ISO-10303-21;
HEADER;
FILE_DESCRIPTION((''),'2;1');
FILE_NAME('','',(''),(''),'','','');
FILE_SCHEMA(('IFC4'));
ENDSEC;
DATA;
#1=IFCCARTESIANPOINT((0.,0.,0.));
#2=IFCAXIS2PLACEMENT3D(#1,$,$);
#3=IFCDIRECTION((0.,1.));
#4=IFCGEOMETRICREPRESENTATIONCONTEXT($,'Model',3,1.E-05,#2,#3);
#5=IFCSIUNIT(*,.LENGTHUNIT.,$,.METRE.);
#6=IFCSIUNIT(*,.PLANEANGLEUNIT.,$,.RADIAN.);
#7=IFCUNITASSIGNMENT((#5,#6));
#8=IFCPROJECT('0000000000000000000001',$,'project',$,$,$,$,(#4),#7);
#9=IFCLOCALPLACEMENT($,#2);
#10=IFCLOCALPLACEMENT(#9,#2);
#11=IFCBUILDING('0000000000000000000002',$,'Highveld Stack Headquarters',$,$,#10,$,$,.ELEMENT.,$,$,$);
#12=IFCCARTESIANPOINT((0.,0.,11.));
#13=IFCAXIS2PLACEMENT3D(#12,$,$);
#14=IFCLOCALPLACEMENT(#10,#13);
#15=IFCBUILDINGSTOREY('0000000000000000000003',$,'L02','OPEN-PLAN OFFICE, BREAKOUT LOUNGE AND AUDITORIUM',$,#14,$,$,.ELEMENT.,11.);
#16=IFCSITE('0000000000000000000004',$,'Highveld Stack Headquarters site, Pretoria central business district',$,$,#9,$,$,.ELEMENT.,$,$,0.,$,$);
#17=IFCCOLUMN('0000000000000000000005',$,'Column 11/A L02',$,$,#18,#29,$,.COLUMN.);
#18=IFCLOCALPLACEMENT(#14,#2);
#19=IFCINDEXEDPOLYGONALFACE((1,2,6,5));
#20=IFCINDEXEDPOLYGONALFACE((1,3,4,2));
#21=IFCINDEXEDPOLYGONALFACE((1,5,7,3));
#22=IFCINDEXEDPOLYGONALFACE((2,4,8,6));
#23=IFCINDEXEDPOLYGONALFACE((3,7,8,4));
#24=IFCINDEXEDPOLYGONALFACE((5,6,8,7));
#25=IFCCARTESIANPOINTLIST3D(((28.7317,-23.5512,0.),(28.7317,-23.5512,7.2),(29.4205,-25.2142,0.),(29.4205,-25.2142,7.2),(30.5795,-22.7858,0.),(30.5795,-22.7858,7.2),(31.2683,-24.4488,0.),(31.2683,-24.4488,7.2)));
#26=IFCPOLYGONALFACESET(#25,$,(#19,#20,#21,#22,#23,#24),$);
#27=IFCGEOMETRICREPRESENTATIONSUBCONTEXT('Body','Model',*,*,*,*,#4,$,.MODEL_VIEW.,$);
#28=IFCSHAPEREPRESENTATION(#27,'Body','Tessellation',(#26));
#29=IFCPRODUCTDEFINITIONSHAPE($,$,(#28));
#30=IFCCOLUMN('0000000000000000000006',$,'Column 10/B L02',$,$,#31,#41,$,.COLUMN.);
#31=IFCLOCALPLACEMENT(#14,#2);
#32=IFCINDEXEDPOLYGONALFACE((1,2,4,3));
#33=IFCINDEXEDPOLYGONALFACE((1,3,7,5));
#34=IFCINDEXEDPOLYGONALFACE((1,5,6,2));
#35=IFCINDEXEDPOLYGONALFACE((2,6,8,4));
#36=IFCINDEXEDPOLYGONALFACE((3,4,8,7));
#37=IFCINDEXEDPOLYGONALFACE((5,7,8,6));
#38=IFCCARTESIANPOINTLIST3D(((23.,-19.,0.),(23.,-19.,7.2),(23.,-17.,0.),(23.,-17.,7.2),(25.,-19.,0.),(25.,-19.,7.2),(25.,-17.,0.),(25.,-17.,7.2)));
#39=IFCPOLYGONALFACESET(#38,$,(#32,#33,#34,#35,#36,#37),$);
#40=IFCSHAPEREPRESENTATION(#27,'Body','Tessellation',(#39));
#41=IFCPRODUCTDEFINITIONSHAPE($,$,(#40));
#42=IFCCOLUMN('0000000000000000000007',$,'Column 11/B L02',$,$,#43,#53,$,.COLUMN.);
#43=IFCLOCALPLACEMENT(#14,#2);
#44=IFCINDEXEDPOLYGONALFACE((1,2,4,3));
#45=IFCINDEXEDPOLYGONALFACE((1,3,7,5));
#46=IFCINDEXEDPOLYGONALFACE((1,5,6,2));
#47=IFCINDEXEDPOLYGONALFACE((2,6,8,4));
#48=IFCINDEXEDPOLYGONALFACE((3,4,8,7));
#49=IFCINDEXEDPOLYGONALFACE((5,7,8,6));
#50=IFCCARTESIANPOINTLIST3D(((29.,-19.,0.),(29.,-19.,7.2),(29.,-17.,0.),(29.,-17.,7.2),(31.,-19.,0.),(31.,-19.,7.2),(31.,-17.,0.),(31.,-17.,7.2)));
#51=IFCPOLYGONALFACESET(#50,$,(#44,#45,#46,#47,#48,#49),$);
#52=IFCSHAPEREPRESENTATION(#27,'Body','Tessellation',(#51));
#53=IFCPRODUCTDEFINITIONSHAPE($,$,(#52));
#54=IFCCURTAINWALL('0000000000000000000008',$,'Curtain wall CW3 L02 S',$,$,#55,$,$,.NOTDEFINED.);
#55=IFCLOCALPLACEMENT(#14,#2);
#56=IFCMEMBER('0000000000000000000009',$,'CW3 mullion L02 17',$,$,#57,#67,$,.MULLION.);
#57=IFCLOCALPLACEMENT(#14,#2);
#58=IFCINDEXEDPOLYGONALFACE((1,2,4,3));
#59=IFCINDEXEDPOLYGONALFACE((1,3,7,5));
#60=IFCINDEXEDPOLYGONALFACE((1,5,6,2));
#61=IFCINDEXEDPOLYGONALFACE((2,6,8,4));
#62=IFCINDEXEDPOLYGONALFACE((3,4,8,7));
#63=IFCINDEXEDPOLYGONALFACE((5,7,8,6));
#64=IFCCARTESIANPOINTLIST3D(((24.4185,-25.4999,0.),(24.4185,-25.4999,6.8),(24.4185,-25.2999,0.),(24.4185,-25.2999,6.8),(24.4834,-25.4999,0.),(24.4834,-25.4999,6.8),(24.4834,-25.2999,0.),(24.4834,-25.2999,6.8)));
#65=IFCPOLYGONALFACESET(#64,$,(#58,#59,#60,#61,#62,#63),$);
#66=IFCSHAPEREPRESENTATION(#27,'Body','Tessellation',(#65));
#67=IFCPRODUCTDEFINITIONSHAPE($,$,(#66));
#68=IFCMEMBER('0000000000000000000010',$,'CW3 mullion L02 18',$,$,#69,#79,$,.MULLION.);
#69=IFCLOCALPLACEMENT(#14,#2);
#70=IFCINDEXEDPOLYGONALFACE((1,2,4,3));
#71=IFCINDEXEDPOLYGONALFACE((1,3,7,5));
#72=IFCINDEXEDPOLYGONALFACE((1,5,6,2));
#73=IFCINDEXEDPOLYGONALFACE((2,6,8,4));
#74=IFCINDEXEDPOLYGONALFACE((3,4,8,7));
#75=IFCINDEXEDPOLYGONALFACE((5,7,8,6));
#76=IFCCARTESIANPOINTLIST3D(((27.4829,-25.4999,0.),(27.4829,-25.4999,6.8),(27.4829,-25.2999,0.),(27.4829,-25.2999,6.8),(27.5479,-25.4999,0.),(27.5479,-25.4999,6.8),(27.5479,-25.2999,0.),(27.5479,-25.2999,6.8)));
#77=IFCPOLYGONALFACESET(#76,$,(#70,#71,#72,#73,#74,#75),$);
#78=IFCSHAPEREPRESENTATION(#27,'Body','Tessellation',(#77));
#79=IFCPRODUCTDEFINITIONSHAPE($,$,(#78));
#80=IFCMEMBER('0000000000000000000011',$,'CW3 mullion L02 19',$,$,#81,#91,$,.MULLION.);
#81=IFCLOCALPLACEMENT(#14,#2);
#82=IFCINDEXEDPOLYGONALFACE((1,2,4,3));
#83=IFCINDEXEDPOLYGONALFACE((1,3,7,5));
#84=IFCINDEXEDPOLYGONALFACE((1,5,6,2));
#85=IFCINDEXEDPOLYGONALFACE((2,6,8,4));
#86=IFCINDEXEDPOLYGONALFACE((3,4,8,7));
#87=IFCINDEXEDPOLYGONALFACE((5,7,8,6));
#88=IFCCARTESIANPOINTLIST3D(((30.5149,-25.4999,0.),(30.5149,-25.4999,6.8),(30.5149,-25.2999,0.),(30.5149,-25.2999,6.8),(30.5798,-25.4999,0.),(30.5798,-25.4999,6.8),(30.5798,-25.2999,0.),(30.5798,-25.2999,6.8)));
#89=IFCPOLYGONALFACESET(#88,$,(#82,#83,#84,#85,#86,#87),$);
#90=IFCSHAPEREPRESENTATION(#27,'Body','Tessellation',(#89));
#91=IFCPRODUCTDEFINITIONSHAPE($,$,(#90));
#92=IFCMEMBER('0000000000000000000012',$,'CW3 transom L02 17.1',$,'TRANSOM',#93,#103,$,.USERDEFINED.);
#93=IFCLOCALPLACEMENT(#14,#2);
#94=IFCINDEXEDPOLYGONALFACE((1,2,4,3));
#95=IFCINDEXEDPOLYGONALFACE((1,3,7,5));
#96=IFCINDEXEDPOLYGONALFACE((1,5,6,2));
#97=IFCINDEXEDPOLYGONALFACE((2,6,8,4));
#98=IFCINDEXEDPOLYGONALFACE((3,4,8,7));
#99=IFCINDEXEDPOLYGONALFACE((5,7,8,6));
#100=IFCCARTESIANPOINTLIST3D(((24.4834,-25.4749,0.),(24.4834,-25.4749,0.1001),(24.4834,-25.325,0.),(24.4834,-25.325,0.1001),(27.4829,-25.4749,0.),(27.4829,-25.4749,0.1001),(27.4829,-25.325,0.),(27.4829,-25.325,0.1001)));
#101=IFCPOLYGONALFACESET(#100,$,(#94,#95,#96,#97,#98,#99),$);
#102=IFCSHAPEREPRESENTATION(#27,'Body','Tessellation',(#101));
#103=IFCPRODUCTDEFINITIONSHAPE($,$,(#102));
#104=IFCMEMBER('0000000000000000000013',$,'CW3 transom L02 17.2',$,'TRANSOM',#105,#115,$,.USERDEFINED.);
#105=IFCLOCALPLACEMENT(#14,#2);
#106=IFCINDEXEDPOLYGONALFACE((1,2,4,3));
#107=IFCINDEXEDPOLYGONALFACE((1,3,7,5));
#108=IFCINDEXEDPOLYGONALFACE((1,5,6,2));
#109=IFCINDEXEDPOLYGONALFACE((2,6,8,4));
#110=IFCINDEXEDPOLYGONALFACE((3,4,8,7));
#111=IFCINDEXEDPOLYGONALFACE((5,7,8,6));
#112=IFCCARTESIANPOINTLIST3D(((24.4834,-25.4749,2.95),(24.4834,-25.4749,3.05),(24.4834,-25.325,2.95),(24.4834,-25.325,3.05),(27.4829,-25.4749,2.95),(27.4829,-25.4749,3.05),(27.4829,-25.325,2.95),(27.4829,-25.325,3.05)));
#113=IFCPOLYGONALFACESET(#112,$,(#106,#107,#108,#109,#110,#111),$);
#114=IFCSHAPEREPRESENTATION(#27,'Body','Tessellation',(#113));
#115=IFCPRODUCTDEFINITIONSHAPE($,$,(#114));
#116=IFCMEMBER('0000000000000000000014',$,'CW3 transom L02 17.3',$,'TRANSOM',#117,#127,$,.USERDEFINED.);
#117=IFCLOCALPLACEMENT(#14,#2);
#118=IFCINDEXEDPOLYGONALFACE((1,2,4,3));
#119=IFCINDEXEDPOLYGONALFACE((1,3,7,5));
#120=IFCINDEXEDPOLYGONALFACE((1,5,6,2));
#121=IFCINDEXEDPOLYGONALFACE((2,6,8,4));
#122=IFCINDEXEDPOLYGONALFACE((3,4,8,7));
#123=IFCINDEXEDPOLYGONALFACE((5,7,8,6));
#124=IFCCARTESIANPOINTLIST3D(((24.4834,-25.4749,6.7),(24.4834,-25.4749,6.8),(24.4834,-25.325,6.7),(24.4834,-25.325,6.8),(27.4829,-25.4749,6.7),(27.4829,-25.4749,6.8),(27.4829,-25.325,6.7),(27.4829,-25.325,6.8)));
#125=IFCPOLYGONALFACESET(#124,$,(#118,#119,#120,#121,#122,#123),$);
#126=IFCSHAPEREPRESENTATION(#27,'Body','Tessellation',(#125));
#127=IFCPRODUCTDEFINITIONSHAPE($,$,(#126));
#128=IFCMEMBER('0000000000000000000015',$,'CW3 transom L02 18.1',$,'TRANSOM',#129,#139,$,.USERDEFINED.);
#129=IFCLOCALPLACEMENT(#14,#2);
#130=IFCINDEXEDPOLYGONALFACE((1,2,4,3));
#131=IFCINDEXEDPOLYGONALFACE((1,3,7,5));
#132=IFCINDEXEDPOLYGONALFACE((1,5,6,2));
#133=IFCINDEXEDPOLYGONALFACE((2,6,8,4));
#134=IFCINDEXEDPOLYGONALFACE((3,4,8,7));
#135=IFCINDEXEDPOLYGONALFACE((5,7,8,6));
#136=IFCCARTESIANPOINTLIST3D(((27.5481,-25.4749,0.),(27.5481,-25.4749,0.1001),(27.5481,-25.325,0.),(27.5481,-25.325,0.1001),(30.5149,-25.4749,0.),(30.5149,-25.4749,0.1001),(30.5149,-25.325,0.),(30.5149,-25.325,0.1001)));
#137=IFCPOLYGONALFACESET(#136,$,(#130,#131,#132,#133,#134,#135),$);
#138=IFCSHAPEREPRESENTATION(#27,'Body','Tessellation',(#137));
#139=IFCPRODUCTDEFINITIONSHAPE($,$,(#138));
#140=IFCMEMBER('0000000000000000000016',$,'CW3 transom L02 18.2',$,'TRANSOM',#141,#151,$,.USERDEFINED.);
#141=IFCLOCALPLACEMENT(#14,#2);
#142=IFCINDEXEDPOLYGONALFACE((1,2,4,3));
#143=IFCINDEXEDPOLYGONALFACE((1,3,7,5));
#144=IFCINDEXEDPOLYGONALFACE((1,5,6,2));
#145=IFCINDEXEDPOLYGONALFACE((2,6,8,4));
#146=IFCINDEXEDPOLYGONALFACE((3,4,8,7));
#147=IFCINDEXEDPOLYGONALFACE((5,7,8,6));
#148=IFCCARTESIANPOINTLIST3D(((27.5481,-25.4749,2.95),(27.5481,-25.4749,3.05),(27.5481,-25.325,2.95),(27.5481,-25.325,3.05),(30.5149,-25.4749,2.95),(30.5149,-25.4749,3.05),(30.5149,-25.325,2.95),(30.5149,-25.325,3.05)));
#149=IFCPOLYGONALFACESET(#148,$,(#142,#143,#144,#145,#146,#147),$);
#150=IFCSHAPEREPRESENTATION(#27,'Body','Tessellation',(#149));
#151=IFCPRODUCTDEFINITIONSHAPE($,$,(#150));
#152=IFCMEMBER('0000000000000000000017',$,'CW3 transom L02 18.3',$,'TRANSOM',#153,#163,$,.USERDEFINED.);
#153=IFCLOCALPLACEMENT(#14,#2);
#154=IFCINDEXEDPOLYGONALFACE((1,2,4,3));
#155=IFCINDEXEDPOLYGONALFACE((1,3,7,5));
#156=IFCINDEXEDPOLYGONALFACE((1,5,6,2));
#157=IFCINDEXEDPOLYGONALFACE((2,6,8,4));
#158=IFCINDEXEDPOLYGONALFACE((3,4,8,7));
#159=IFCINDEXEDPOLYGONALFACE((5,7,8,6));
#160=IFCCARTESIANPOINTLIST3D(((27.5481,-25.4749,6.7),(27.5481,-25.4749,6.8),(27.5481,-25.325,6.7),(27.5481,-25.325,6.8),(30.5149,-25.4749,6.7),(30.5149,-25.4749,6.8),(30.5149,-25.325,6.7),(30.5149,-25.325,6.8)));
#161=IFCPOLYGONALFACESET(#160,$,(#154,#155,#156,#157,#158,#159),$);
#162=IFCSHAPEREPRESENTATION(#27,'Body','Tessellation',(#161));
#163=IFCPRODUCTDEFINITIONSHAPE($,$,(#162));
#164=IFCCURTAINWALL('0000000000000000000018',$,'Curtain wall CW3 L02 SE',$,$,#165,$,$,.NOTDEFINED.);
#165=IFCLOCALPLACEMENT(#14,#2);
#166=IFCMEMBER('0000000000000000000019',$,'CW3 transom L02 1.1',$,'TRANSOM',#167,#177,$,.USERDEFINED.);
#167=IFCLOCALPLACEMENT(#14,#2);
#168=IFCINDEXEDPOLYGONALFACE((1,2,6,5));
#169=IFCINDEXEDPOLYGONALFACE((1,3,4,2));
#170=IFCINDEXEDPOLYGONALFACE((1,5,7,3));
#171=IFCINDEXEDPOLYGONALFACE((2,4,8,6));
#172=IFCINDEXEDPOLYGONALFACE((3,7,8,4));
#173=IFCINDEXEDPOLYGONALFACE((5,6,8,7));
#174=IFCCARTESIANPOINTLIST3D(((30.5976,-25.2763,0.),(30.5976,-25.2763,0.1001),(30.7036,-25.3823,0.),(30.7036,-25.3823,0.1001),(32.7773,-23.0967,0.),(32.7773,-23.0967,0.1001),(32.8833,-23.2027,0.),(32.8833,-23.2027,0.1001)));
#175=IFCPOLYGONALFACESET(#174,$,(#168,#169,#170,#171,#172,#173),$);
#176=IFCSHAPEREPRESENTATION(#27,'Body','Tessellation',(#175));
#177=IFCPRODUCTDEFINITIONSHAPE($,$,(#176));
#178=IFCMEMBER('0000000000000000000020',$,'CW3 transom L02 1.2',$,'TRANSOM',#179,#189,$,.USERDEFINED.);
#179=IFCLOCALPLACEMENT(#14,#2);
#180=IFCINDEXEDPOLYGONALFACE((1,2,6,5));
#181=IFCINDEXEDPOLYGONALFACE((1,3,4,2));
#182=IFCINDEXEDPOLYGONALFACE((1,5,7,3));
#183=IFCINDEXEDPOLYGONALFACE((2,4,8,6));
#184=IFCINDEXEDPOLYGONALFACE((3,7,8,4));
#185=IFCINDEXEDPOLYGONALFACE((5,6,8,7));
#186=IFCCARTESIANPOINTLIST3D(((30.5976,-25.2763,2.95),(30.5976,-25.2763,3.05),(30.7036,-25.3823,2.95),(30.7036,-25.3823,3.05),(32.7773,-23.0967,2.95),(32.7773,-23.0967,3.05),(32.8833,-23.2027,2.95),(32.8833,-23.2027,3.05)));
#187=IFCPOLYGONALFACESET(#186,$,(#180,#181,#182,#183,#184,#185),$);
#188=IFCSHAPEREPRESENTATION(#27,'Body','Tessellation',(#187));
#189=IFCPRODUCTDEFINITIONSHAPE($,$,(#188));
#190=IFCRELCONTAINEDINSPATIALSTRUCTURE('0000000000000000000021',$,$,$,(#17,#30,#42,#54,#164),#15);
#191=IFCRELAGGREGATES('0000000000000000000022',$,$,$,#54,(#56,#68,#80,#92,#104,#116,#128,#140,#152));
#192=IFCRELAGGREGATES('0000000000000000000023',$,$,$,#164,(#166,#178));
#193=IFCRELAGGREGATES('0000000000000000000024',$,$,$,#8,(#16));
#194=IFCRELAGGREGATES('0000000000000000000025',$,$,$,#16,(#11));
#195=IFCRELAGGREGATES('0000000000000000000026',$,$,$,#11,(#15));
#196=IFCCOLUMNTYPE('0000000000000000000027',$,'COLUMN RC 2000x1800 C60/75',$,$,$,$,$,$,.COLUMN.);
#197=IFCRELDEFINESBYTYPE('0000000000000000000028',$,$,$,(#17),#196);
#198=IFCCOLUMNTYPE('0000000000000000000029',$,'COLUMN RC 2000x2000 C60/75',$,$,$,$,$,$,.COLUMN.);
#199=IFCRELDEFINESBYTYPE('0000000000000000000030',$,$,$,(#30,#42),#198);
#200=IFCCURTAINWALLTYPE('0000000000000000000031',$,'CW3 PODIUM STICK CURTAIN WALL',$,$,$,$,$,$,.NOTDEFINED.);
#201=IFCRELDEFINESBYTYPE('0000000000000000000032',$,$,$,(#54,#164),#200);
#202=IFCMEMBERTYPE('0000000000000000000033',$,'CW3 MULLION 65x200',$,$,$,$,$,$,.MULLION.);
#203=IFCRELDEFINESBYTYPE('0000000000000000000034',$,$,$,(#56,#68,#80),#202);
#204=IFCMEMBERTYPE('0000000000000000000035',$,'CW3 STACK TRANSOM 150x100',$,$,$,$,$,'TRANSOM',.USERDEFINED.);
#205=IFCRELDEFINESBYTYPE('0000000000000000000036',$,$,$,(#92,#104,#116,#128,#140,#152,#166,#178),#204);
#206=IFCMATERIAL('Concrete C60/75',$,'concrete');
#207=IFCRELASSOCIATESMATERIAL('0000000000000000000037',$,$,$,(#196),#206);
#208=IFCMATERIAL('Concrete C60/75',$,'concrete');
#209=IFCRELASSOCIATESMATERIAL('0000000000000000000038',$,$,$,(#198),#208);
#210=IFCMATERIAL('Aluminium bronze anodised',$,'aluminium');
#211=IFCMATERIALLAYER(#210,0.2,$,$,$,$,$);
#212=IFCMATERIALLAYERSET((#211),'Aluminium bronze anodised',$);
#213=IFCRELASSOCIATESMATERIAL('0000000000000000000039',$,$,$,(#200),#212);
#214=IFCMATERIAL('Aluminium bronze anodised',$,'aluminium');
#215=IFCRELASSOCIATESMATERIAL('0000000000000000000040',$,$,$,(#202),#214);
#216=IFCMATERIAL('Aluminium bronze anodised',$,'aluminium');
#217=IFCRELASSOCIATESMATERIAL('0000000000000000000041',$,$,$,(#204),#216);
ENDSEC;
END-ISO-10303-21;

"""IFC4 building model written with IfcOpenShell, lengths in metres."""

from ifc_helpers import new_model, si_unit, direction, frame, origin, origin_2d, place, context, subcontext, project, spatial, rectangle, extrude, material, layer, layer_set, material_profile, profile_set, type_object, element, aggregate, save


model = new_model("IFC4")

# Units and contexts
model_context = context("Model", 3, precision=1e-05, world=origin(), true_north=direction((0.0, 1.0)))
body_context = subcontext(model_context, "Body", "Model", "MODEL_VIEW")
ifc_project = project(units=[si_unit("LENGTHUNIT", "METRE"), si_unit("PLANEANGLEUNIT", "RADIAN")], contexts=[model_context])

# Site, building, storey
site_placement = place(None, origin())
site = spatial("IfcSite", under=ifc_project, at=site_placement, Name="Highveld Stack Headquarters site, Pretoria central business district", CompositionType="ELEMENT", RefElevation=0.0)
building_placement = place(site_placement, origin())
building = spatial("IfcBuilding", under=site, at=building_placement, Name="Highveld Stack Headquarters", CompositionType="ELEMENT")
storey_placement = place(building_placement, frame((0.0, 0.0, 11.0)))
storey = spatial("IfcBuildingStorey", under=building, at=storey_placement, Name="L02", Description="OPEN-PLAN OFFICE, BREAKOUT LOUNGE AND AUDITORIUM", CompositionType="ELEMENT", Elevation=11.0)

# Columns
ifc_material_1 = material(Name="Concrete C60/75", Category="concrete")
ifc_material_profile_1 = material_profile(ifc_material_1, rectangle(XDim=2.0, YDim=1.8, at=origin_2d()), Name="RC 2000x1800")
ifc_profile_set_1 = profile_set([ifc_material_profile_1], Name="Concrete C60/75")
column_type_1 = type_object("IfcColumnType", Name="COLUMN RC 2000x1800 C60/75", PredefinedType="COLUMN", material=ifc_profile_set_1)
column_placement = place(storey_placement, frame((30.0, -24.0, 0.0), z_axis=(0.0, 0.0, 1.0), x_axis=(-0.92388, -0.382683, 0.0)))
element("IfcColumn", 1, at=column_placement, inside=storey, type_object=column_type_1, Name="Column 11/A L02", PredefinedType="COLUMN", context=body_context, shape_type="SweptSolid", body=[
    extrude(rectangle(XDim=2.0, YDim=1.8, at=origin_2d()), origin(), (0.0, 0.0, 1.0), 7.2),
])
ifc_material_2 = material(Name="Concrete C60/75", Category="concrete")
ifc_material_profile_2 = material_profile(ifc_material_2, rectangle(XDim=2.0, YDim=2.0, at=origin_2d()), Name="RC 2000x2000")
ifc_profile_set_2 = profile_set([ifc_material_profile_2], Name="Concrete C60/75")
column_type_2 = type_object("IfcColumnType", Name="COLUMN RC 2000x2000 C60/75", PredefinedType="COLUMN", material=ifc_profile_set_2)
for number, where, z_axis, x_axis, name in (
    (2, (24.0, -18.0, 0.0), (0.0, 0.0, 1.0), (1.0, 0.0, 0.0), "Column 10/B L02"),
    (3, (30.0, -18.0, 0.0), (0.0, 0.0, 1.0), (1.0, 0.0, 0.0), "Column 11/B L02"),
):
    element("IfcColumn", number, at=place(storey_placement, frame(where, z_axis=z_axis, x_axis=x_axis)), inside=storey, type_object=column_type_2, Name=name, PredefinedType="COLUMN", context=body_context, shape_type="SweptSolid", body=[
        extrude(rectangle(XDim=2.0, YDim=2.0, at=origin_2d()), origin(), (0.0, 0.0, 1.0), 7.2),
    ])

# Curtain walls, members
ifc_material_3 = material(Name="Aluminium bronze anodised", Category="aluminium")
ifc_layer_1 = layer(ifc_material_3, 0.2)
ifc_layer_set_1 = layer_set([ifc_layer_1], Name="Aluminium bronze anodised")
curtain_wall_type = type_object("IfcCurtainWallType", Name="CW3 PODIUM STICK CURTAIN WALL", PredefinedType="NOTDEFINED", material=ifc_layer_set_1)
curtain_wall_1_placement = place(storey_placement, origin())
curtain_wall_1 = element("IfcCurtainWall", 4, at=curtain_wall_1_placement, inside=storey, type_object=curtain_wall_type, Name="Curtain wall CW3 L02 S", PredefinedType="NOTDEFINED")
ifc_material_4 = material(Name="Aluminium bronze anodised", Category="aluminium")
ifc_material_profile_3 = material_profile(ifc_material_4, rectangle(XDim=0.2, YDim=0.0649, at=origin_2d()), Name="CW3 MULLION 65x200")
ifc_profile_set_3 = profile_set([ifc_material_profile_3], Name="Aluminium bronze anodised")
member_type_1 = type_object("IfcMemberType", Name="CW3 MULLION 65x200", PredefinedType="MULLION", material=ifc_profile_set_3)
member_1_placement = place(storey_placement, frame((24.4509, -25.3999, 0.0), z_axis=(0.0, 0.0, 1.0), x_axis=(0.0, 1.0, 0.0)))
member_1 = element("IfcMember", 5, at=member_1_placement, type_object=member_type_1, Name="CW3 mullion L02 17", PredefinedType="MULLION", context=body_context, shape_type="SweptSolid", body=[
    extrude(rectangle(XDim=0.2, YDim=0.0649, at=origin_2d()), origin(), (0.0, 0.0, 1.0), 6.8),
])
member_2_placement = place(storey_placement, frame((27.5154, -25.3999, 0.0), z_axis=(0.0, 0.0, 1.0), x_axis=(0.0, 1.0, 0.0)))
member_2 = element("IfcMember", 6, at=member_2_placement, type_object=member_type_1, Name="CW3 mullion L02 18", PredefinedType="MULLION", context=body_context, shape_type="SweptSolid", body=[
    extrude(rectangle(XDim=0.2, YDim=0.0649, at=origin_2d()), origin(), (0.0, 0.0, 1.0), 6.8),
])
member_3_placement = place(storey_placement, frame((30.5474, -25.3999, 0.0), z_axis=(0.0, 0.0, 1.0), x_axis=(0.0, 1.0, 0.0)))
member_3 = element("IfcMember", 7, at=member_3_placement, type_object=member_type_1, Name="CW3 mullion L02 19", PredefinedType="MULLION", context=body_context, shape_type="SweptSolid", body=[
    extrude(rectangle(XDim=0.2, YDim=0.0649, at=origin_2d()), origin(), (0.0, 0.0, 1.0), 6.8),
])
ifc_material_5 = material(Name="Aluminium bronze anodised", Category="aluminium")
ifc_material_profile_4 = material_profile(ifc_material_5, rectangle(XDim=0.1499, YDim=0.1001, at=origin_2d()), Name="CW3 TRANSOM 150x100")
ifc_profile_set_4 = profile_set([ifc_material_profile_4], Name="Aluminium bronze anodised")
member_type_2 = type_object("IfcMemberType", Name="CW3 STACK TRANSOM 150x100", ElementType="TRANSOM", PredefinedType="USERDEFINED", material=ifc_profile_set_4)
member_4_placement = place(storey_placement, frame((24.4834, -25.3999, 0.05), z_axis=(1.0, 0.0, 0.0), x_axis=(0.0, 1.0, 0.0)))
member_4 = element("IfcMember", 8, at=member_4_placement, type_object=member_type_2, Name="CW3 transom L02 17.1", ObjectType="TRANSOM", PredefinedType="USERDEFINED", context=body_context, shape_type="SweptSolid", body=[
    extrude(rectangle(XDim=0.1499, YDim=0.1001, at=origin_2d()), origin(), (0.0, 0.0, 1.0), 2.9995),
])
member_5_placement = place(storey_placement, frame((24.4834, -25.3999, 3.0), z_axis=(1.0, 0.0, 0.0), x_axis=(0.0, 1.0, 0.0)))
member_5 = element("IfcMember", 9, at=member_5_placement, type_object=member_type_2, Name="CW3 transom L02 17.2", ObjectType="TRANSOM", PredefinedType="USERDEFINED", context=body_context, shape_type="SweptSolid", body=[
    extrude(rectangle(XDim=0.1499, YDim=0.1001, at=origin_2d()), origin(), (0.0, 0.0, 1.0), 2.9995),
])
member_6_placement = place(storey_placement, frame((24.4834, -25.3999, 6.75), z_axis=(1.0, 0.0, 0.0), x_axis=(0.0, 1.0, 0.0)))
member_6 = element("IfcMember", 10, at=member_6_placement, type_object=member_type_2, Name="CW3 transom L02 17.3", ObjectType="TRANSOM", PredefinedType="USERDEFINED", context=body_context, shape_type="SweptSolid", body=[
    extrude(rectangle(XDim=0.1499, YDim=0.1001, at=origin_2d()), origin(), (0.0, 0.0, 1.0), 2.9995),
])
member_7_placement = place(storey_placement, frame((27.5481, -25.3999, 0.05), z_axis=(1.0, 0.0, 0.0), x_axis=(0.0, 1.0, 0.0)))
member_7 = element("IfcMember", 11, at=member_7_placement, type_object=member_type_2, Name="CW3 transom L02 18.1", ObjectType="TRANSOM", PredefinedType="USERDEFINED", context=body_context, shape_type="SweptSolid", body=[
    extrude(rectangle(XDim=0.1499, YDim=0.1001, at=origin_2d()), origin(), (0.0, 0.0, 1.0), 2.9668),
])
member_8_placement = place(storey_placement, frame((27.5481, -25.3999, 3.0), z_axis=(1.0, 0.0, 0.0), x_axis=(0.0, 1.0, 0.0)))
member_8 = element("IfcMember", 12, at=member_8_placement, type_object=member_type_2, Name="CW3 transom L02 18.2", ObjectType="TRANSOM", PredefinedType="USERDEFINED", context=body_context, shape_type="SweptSolid", body=[
    extrude(rectangle(XDim=0.1499, YDim=0.1001, at=origin_2d()), origin(), (0.0, 0.0, 1.0), 2.9668),
])
member_9_placement = place(storey_placement, frame((27.5481, -25.3999, 6.75), z_axis=(1.0, 0.0, 0.0), x_axis=(0.0, 1.0, 0.0)))
member_9 = element("IfcMember", 13, at=member_9_placement, type_object=member_type_2, Name="CW3 transom L02 18.3", ObjectType="TRANSOM", PredefinedType="USERDEFINED", context=body_context, shape_type="SweptSolid", body=[
    extrude(rectangle(XDim=0.1499, YDim=0.1001, at=origin_2d()), origin(), (0.0, 0.0, 1.0), 2.9668),
])
curtain_wall_2_placement = place(storey_placement, origin())
curtain_wall_2 = element("IfcCurtainWall", 14, at=curtain_wall_2_placement, inside=storey, type_object=curtain_wall_type, Name="Curtain wall CW3 L02 SE", PredefinedType="NOTDEFINED")
member_10_placement = place(storey_placement, frame((30.6506, -25.3293, 0.05), z_axis=(0.707107, 0.707107, 0.0), x_axis=(-0.707107, 0.707107, 0.0)))
member_10 = element("IfcMember", 15, at=member_10_placement, type_object=member_type_2, Name="CW3 transom L02 1.1", ObjectType="TRANSOM", PredefinedType="USERDEFINED", context=body_context, shape_type="SweptSolid", body=[
    extrude(rectangle(XDim=0.1499, YDim=0.1001, at=origin_2d()), origin(), (0.0, 0.0, 1.0), 3.0825),
])
member_11_placement = place(storey_placement, frame((30.6506, -25.3293, 3.0), z_axis=(0.707107, 0.707107, 0.0), x_axis=(-0.707107, 0.707107, 0.0)))
member_11 = element("IfcMember", 16, at=member_11_placement, type_object=member_type_2, Name="CW3 transom L02 1.2", ObjectType="TRANSOM", PredefinedType="USERDEFINED", context=body_context, shape_type="SweptSolid", body=[
    extrude(rectangle(XDim=0.1499, YDim=0.1001, at=origin_2d()), origin(), (0.0, 0.0, 1.0), 3.0825),
])

aggregate(curtain_wall_1, [member_1, member_2, member_3, member_4, member_5, member_6, member_7, member_8, member_9])
aggregate(curtain_wall_2, [member_10, member_11])

save(model, "model.ifc")
